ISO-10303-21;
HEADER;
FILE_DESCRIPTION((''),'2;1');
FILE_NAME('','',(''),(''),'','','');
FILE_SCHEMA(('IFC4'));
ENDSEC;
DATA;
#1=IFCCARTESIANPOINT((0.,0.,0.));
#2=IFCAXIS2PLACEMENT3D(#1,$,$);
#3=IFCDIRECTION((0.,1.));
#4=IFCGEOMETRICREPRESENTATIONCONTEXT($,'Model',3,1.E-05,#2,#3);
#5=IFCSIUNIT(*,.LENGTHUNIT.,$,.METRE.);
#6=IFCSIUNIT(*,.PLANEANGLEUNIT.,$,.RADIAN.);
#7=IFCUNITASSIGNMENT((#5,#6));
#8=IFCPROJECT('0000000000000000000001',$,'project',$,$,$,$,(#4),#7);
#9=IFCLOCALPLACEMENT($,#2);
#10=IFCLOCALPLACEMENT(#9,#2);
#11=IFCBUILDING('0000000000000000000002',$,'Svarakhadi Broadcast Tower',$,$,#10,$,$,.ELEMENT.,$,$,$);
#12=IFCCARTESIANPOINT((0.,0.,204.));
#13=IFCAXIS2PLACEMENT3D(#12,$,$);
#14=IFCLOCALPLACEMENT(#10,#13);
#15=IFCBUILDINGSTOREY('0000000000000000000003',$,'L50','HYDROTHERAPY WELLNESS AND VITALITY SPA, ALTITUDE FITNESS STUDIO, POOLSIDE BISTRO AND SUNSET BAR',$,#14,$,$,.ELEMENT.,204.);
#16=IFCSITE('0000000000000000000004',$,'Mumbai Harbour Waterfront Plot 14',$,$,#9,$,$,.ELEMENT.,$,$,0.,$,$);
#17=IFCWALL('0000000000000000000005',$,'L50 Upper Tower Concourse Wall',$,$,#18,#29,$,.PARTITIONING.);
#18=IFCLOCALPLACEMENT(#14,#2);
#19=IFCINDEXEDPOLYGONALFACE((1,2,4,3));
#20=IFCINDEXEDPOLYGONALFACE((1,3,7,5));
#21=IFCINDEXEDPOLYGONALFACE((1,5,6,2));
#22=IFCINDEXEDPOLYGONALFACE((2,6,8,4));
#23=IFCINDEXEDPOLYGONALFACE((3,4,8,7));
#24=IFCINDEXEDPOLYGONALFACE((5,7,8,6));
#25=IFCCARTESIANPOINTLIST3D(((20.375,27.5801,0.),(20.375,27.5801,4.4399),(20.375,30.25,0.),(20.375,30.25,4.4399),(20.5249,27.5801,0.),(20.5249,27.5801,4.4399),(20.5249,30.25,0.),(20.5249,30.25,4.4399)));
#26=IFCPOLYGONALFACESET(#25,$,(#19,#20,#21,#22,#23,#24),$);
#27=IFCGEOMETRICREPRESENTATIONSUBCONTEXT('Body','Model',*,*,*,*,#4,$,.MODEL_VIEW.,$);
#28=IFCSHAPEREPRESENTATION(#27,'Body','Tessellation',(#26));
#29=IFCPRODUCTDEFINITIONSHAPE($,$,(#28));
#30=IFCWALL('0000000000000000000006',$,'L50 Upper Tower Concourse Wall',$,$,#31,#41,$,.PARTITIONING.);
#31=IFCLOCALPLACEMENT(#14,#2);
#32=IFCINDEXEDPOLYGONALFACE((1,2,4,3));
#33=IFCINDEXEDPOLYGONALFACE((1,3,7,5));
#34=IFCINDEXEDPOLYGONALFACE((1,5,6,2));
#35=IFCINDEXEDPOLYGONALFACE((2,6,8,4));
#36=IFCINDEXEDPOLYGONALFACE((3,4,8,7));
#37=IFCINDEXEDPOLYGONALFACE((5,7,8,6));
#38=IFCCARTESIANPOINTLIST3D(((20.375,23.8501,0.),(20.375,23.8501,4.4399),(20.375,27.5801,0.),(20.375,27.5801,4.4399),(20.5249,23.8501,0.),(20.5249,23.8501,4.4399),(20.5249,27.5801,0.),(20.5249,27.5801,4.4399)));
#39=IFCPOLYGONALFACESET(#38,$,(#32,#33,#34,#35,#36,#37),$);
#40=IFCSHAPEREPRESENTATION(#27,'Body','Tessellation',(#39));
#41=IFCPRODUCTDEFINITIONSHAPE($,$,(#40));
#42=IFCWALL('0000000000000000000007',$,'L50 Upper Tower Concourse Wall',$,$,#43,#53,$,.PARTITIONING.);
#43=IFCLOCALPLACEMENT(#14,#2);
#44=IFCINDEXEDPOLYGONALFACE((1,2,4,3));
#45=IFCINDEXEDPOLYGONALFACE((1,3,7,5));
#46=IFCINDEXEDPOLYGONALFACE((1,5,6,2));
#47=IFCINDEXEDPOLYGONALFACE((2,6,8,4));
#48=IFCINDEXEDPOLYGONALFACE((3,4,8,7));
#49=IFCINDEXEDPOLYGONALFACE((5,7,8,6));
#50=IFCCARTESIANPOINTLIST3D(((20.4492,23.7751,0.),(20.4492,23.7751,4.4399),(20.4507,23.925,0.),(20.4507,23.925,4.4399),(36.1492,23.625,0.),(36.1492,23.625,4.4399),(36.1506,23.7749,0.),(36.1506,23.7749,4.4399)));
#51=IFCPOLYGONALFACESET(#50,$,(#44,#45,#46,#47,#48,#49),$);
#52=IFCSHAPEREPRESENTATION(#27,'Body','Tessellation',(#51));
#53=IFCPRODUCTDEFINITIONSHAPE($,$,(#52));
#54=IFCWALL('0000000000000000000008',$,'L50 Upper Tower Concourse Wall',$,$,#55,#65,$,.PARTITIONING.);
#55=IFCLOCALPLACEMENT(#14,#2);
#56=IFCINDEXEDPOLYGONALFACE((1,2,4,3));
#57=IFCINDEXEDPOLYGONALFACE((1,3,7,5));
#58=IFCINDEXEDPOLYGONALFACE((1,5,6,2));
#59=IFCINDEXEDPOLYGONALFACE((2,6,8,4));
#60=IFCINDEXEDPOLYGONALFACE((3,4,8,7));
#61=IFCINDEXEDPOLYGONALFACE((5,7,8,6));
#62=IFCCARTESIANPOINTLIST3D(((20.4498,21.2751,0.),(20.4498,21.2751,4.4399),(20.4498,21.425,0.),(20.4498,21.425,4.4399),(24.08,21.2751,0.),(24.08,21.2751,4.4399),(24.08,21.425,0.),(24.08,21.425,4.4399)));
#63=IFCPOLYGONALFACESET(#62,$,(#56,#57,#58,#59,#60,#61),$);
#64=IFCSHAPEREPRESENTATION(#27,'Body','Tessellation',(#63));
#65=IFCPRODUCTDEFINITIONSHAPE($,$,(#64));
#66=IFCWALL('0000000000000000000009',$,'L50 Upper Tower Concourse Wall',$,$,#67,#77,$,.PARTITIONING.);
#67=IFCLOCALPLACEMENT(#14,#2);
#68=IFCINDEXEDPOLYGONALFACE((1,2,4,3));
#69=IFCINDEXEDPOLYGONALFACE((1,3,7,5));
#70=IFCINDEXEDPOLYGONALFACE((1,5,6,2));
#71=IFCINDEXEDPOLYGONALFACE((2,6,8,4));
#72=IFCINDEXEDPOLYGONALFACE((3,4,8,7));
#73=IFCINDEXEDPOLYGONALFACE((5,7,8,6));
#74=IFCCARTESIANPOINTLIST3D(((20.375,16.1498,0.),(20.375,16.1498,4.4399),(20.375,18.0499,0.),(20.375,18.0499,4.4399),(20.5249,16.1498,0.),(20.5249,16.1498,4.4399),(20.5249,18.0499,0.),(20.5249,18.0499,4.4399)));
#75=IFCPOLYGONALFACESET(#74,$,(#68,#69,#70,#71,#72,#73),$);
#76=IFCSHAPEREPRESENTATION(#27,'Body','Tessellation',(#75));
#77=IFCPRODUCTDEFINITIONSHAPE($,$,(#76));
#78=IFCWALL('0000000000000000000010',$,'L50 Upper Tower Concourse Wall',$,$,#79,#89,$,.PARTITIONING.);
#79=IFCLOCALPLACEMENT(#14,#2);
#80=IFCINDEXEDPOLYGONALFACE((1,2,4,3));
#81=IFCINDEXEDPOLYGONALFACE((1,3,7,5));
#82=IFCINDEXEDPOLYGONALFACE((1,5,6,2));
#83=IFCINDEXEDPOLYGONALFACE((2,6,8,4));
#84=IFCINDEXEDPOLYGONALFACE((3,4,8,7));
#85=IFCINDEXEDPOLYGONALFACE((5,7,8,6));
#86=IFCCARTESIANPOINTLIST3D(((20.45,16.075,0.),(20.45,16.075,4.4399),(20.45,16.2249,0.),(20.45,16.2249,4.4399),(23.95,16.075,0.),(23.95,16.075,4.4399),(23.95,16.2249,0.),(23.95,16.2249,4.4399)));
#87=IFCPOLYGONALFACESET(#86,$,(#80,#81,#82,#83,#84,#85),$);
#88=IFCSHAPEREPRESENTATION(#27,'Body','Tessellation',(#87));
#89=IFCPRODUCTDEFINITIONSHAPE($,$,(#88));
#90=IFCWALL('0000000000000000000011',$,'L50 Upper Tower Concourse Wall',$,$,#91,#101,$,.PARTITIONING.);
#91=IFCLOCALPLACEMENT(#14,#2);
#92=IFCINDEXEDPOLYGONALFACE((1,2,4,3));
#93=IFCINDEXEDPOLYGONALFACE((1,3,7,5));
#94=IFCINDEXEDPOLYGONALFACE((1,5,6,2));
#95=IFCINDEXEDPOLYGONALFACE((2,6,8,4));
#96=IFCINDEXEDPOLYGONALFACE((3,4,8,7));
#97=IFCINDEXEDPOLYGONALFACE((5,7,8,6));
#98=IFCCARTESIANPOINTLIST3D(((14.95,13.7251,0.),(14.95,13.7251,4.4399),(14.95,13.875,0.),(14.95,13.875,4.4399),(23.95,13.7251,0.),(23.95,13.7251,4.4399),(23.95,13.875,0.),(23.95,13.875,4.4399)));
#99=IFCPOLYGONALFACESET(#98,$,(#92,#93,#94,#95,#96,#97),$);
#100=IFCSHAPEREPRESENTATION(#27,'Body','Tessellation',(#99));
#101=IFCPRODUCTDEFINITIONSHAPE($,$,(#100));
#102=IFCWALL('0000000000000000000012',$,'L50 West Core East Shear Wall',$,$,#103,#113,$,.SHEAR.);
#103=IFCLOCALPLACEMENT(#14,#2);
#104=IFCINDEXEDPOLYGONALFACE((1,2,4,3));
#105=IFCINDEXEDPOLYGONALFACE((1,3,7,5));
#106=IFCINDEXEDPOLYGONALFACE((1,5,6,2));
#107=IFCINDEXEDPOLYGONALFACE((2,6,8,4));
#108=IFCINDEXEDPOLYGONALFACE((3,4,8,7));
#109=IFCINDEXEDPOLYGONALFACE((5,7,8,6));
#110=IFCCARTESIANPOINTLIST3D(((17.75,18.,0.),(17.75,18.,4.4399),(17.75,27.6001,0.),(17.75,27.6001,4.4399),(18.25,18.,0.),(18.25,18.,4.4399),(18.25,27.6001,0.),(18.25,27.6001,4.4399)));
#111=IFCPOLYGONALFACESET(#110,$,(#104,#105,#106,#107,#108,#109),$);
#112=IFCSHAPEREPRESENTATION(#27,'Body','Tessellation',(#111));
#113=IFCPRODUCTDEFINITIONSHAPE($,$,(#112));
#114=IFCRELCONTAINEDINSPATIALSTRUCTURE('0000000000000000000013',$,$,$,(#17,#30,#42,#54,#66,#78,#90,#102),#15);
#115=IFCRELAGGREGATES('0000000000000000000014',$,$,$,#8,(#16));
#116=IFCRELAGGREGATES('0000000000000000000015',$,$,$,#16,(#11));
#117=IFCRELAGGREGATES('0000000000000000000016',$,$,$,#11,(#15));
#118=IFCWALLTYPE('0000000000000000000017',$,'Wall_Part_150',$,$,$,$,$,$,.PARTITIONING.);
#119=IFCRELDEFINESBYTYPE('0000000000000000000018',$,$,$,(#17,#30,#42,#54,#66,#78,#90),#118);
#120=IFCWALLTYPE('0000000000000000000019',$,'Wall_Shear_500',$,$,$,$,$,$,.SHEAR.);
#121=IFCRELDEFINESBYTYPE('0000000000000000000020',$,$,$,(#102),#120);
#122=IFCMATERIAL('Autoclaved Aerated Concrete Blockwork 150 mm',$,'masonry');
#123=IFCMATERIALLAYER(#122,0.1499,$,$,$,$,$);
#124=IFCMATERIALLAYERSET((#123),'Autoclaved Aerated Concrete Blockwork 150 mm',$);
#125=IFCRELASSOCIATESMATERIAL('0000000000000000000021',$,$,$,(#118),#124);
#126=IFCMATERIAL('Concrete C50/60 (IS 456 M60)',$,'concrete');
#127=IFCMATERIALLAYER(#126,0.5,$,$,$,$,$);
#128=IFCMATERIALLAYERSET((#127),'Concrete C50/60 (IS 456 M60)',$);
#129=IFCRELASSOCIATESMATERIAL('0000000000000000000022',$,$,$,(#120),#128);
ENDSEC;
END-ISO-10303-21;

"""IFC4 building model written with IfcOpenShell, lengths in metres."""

from ifc_helpers import new_model, si_unit, direction, frame, frame_2d, origin, place, context, subcontext, project, spatial, rectangle, extrude, material, layer, layer_set, type_object, element, save


model = new_model("IFC4")

# Units and contexts
model_context = context("Model", 3, precision=1e-05, world=origin(), true_north=direction((0.0, 1.0)))
body_context = subcontext(model_context, "Body", "Model", "MODEL_VIEW")
ifc_project = project(units=[si_unit("LENGTHUNIT", "METRE"), si_unit("PLANEANGLEUNIT", "RADIAN")], contexts=[model_context])

# Site, building, storey
site_placement = place(None, origin())
site = spatial("IfcSite", under=ifc_project, at=site_placement, Name="Mumbai Harbour Waterfront Plot 14", CompositionType="ELEMENT", RefElevation=0.0)
building_placement = place(site_placement, origin())
building = spatial("IfcBuilding", under=site, at=building_placement, Name="Svarakhadi Broadcast Tower", CompositionType="ELEMENT")
storey_placement = place(building_placement, frame((0.0, 0.0, 204.0)))
storey = spatial("IfcBuildingStorey", under=building, at=storey_placement, Name="L50", Description="HYDROTHERAPY WELLNESS AND VITALITY SPA, ALTITUDE FITNESS STUDIO, POOLSIDE BISTRO AND SUNSET BAR", CompositionType="ELEMENT", Elevation=204.0)

# Shared definitions
ifc_material_1 = material(Name="Concrete C50/60 (IS 456 M60)", Category="concrete")

# Shared definitions
ifc_material_2 = material(Name="Autoclaved Aerated Concrete Blockwork 150 mm", Category="masonry")
ifc_layer_1 = layer(ifc_material_2, 0.1499)
ifc_layer_set_1 = layer_set([ifc_layer_1], Name="Autoclaved Aerated Concrete Blockwork 150 mm")
wall_type_1 = type_object("IfcWallType", Name="Wall_Part_150", PredefinedType="PARTITIONING", material=ifc_layer_set_1)

# Walls
wall_1_placement = place(storey_placement, frame((20.45, 30.25, 0.0), z_axis=(0.0, 0.0, 1.0), x_axis=(0.0, -1.0, 0.0)))
element("IfcWall", 1, at=wall_1_placement, inside=storey, type_object=wall_type_1, Name="L50 Upper Tower Concourse Wall", PredefinedType="PARTITIONING", context=body_context, shape_type="SweptSolid", body=[
    extrude(rectangle(XDim=2.6699, YDim=0.1499, at=frame_2d((1.335, 0.0))), origin(), (0.0, 0.0, 1.0), 4.4399),
])
wall_2_placement = place(storey_placement, frame((20.45, 27.5801, 0.0), z_axis=(0.0, 0.0, 1.0), x_axis=(0.0, -1.0, 0.0)))
element("IfcWall", 2, at=wall_2_placement, inside=storey, type_object=wall_type_1, Name="L50 Upper Tower Concourse Wall", PredefinedType="PARTITIONING", context=body_context, shape_type="SweptSolid", body=[
    extrude(rectangle(XDim=3.73, YDim=0.1499, at=frame_2d((1.865, 0.0))), origin(), (0.0, 0.0, 1.0), 4.4399),
])
wall_3_placement = place(storey_placement, frame((20.45, 23.8501, 0.0), z_axis=(0.0, 0.0, 1.0), x_axis=(0.999954, -0.009563, 0.0)))
element("IfcWall", 3, at=wall_3_placement, inside=storey, type_object=wall_type_1, Name="L50 Upper Tower Concourse Wall", PredefinedType="PARTITIONING", context=body_context, shape_type="SweptSolid", body=[
    extrude(rectangle(XDim=15.7007, YDim=0.1499, at=frame_2d((7.8503, 0.0))), origin(), (0.0, 0.0, 1.0), 4.4399),
])
wall_4_placement = place(storey_placement, frame((20.45, 21.3501, 0.0), z_axis=(0.0, 0.0, 1.0), x_axis=(1.0, 0.0, 0.0)))
element("IfcWall", 4, at=wall_4_placement, inside=storey, type_object=wall_type_1, Name="L50 Upper Tower Concourse Wall", PredefinedType="PARTITIONING", context=body_context, shape_type="SweptSolid", body=[
    extrude(rectangle(XDim=3.6301, YDim=0.1499, at=frame_2d((1.8149, 0.0))), origin(), (0.0, 0.0, 1.0), 4.4399),
])
wall_5_placement = place(storey_placement, frame((20.45, 18.05, 0.0), z_axis=(0.0, 0.0, 1.0), x_axis=(0.0, -1.0, 0.0)))
element("IfcWall", 5, at=wall_5_placement, inside=storey, type_object=wall_type_1, Name="L50 Upper Tower Concourse Wall", PredefinedType="PARTITIONING", context=body_context, shape_type="SweptSolid", body=[
    extrude(rectangle(XDim=1.9001, YDim=0.1499, at=frame_2d((0.9502, 0.0))), origin(), (0.0, 0.0, 1.0), 4.4399),
])
wall_6_placement = place(storey_placement, frame((20.45, 16.1499, 0.0), z_axis=(0.0, 0.0, 1.0), x_axis=(1.0, 0.0, 0.0)))
element("IfcWall", 6, at=wall_6_placement, inside=storey, type_object=wall_type_1, Name="L50 Upper Tower Concourse Wall", PredefinedType="PARTITIONING", context=body_context, shape_type="SweptSolid", body=[
    extrude(rectangle(XDim=3.5, YDim=0.1499, at=frame_2d((1.75, 0.0))), origin(), (0.0, 0.0, 1.0), 4.4399),
])
wall_7_placement = place(storey_placement, frame((23.95, 13.8, 0.0), z_axis=(0.0, 0.0, 1.0), x_axis=(-1.0, 0.0, 0.0)))
element("IfcWall", 7, at=wall_7_placement, inside=storey, type_object=wall_type_1, Name="L50 Upper Tower Concourse Wall", PredefinedType="PARTITIONING", context=body_context, shape_type="SweptSolid", body=[
    extrude(rectangle(XDim=9.0, YDim=0.1499, at=frame_2d((4.5, 0.0))), origin(), (0.0, 0.0, 1.0), 4.4399),
])
ifc_layer_2 = layer(ifc_material_1, 0.5)
ifc_layer_set_2 = layer_set([ifc_layer_2], Name="Concrete C50/60 (IS 456 M60)")
wall_type_2 = type_object("IfcWallType", Name="Wall_Shear_500", PredefinedType="SHEAR", material=ifc_layer_set_2)
wall_8_placement = place(storey_placement, frame((18.0, 18.0, 0.0), z_axis=(0.0, 0.0, 1.0), x_axis=(0.0, 1.0, 0.0)))
element("IfcWall", 8, at=wall_8_placement, inside=storey, type_object=wall_type_2, Name="L50 West Core East Shear Wall", PredefinedType="SHEAR", context=body_context, shape_type="SweptSolid", body=[
    extrude(rectangle(XDim=9.6001, YDim=0.5, at=frame_2d((4.8, 0.0))), origin(), (0.0, 0.0, 1.0), 4.4399),
])

save(model, "model.ifc")
